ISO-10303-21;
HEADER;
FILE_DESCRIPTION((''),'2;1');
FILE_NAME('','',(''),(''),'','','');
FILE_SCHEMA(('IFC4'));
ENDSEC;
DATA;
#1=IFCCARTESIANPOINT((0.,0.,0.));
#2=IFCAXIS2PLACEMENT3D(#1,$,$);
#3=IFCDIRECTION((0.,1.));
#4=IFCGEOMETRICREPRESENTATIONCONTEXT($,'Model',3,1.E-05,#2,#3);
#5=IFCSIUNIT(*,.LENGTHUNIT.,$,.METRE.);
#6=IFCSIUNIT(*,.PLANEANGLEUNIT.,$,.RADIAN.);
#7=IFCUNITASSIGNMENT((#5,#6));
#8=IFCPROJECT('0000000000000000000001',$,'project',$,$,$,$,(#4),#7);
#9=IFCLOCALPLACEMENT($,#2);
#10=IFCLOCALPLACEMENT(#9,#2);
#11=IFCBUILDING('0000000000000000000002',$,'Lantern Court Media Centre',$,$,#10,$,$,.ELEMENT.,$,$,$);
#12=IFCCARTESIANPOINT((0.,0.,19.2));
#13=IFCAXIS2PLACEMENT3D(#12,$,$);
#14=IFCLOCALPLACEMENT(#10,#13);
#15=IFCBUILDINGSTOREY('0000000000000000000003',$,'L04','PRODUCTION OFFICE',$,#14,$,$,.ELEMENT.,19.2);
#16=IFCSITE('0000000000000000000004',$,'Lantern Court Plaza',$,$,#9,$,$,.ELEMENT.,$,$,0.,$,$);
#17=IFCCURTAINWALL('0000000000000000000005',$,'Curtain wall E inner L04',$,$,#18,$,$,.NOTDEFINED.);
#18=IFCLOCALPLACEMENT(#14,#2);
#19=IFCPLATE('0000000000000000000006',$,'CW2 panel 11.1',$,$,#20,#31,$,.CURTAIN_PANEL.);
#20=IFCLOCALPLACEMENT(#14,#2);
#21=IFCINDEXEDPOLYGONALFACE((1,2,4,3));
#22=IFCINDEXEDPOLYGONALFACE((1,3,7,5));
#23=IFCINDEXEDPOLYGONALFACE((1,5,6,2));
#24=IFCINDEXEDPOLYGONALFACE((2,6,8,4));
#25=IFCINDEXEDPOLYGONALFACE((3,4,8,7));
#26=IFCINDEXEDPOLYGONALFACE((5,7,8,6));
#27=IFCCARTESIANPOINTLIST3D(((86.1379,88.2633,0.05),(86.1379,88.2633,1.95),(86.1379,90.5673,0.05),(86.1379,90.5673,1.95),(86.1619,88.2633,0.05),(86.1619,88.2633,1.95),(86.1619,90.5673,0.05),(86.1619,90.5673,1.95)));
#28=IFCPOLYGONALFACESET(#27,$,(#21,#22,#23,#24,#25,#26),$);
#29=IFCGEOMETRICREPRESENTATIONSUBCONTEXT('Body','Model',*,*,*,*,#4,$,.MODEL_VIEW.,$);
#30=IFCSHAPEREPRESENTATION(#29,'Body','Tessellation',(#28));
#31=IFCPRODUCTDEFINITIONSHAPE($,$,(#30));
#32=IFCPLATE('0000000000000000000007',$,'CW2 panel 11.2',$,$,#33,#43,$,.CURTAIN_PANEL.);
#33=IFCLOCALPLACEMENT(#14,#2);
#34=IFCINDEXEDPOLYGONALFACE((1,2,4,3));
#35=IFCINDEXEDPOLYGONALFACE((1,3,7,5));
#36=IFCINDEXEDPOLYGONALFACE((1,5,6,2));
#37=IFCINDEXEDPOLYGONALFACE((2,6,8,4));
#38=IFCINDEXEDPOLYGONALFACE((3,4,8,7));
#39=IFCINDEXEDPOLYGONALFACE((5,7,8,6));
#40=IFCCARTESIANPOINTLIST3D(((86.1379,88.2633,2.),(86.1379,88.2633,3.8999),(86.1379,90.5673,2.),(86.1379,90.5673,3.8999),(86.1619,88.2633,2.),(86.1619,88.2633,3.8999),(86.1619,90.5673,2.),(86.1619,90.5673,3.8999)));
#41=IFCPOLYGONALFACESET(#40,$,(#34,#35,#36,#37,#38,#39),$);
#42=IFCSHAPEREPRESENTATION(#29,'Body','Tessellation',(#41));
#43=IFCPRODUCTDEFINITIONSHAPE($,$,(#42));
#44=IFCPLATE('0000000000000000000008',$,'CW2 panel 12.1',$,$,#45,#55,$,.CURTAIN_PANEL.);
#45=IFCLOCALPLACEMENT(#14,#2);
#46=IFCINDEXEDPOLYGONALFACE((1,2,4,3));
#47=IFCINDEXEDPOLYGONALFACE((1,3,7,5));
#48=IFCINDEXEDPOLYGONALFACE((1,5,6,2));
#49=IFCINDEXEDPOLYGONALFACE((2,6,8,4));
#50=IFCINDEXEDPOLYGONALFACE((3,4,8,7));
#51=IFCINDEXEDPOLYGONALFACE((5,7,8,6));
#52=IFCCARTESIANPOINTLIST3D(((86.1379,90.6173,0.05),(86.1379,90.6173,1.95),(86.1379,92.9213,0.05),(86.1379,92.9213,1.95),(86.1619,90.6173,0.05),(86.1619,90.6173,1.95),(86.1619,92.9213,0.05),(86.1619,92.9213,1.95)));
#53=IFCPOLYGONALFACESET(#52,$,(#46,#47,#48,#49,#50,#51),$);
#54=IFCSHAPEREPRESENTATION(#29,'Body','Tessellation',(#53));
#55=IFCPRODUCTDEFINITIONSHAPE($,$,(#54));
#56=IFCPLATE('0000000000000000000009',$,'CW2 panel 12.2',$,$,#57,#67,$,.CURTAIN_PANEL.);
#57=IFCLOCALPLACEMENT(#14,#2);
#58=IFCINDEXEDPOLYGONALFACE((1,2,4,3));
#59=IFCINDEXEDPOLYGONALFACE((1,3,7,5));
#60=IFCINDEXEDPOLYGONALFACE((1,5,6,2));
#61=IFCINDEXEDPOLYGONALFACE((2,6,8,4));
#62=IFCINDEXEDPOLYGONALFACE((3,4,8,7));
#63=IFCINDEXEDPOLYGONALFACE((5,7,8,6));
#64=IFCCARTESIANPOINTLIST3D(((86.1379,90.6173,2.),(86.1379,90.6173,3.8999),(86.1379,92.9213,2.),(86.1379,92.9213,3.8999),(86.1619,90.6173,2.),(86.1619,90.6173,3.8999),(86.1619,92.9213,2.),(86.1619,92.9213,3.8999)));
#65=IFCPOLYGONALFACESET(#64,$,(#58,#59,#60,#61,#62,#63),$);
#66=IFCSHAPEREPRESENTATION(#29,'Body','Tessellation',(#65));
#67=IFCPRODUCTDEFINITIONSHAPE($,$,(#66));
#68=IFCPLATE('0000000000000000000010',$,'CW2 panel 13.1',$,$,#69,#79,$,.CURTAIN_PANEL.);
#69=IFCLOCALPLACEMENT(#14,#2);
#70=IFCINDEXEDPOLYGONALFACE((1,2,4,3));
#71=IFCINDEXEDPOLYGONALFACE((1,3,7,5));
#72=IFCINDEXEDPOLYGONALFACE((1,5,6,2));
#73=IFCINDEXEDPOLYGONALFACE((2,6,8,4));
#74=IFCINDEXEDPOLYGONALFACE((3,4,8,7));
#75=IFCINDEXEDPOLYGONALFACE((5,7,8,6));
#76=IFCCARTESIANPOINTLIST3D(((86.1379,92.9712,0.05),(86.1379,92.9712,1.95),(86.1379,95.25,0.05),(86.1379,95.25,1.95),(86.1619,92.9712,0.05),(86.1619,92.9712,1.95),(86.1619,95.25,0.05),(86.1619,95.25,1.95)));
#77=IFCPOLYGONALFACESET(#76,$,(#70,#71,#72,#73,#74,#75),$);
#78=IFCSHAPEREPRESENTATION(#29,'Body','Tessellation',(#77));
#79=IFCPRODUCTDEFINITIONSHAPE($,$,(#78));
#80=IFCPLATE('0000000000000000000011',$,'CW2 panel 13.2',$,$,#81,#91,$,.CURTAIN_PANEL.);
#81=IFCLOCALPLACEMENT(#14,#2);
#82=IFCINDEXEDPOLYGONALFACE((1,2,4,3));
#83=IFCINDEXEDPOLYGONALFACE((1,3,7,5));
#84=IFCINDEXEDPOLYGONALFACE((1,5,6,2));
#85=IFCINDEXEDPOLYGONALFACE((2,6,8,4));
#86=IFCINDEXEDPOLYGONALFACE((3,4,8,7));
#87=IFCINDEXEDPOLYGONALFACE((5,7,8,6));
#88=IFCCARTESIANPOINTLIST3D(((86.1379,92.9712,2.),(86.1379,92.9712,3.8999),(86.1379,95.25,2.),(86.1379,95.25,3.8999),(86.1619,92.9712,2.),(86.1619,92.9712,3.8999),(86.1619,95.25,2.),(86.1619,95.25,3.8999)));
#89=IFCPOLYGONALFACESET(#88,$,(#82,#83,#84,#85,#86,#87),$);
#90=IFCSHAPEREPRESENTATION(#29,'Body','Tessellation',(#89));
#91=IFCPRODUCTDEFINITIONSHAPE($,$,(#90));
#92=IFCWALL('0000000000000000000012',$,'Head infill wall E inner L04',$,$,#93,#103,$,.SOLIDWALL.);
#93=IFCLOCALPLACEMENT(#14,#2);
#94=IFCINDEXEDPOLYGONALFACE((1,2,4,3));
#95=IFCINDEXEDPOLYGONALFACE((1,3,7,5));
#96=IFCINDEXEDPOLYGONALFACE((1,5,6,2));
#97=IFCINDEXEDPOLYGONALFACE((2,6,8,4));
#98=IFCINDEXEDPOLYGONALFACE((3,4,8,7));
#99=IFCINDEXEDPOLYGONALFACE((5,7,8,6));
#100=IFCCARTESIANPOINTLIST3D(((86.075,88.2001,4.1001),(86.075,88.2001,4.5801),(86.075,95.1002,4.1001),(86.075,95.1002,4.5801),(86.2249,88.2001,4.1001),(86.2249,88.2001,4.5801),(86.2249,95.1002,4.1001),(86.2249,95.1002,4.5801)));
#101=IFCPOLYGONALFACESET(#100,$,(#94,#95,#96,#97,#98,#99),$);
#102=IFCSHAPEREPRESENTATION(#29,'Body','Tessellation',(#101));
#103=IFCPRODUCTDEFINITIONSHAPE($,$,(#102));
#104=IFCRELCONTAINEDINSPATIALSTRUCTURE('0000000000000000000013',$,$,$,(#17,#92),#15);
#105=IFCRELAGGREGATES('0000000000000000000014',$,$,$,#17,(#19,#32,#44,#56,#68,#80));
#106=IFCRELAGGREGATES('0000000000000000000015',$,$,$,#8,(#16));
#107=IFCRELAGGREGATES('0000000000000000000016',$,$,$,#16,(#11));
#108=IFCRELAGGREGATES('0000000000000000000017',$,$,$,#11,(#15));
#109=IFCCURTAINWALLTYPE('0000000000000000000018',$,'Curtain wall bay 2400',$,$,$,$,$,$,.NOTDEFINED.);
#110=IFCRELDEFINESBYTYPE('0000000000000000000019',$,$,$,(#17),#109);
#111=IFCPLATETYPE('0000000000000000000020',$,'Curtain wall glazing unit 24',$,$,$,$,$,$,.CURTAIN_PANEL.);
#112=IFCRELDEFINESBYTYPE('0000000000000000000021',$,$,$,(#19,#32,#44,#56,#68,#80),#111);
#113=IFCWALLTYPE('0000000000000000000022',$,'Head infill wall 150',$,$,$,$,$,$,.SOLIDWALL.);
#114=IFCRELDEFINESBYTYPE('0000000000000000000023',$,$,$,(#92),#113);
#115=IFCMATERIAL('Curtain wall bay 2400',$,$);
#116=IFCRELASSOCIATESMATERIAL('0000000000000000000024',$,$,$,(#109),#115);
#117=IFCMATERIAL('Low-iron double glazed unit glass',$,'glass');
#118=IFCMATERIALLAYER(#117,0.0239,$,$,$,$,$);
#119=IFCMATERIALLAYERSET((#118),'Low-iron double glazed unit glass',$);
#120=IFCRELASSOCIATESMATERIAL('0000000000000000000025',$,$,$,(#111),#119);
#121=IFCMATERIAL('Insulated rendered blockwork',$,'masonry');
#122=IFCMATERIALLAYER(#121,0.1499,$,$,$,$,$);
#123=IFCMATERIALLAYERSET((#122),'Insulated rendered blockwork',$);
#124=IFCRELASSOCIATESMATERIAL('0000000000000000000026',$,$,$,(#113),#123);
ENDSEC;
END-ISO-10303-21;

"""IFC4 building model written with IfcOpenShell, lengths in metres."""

from ifc_helpers import new_model, si_unit, direction, frame, frame_2d, origin, origin_2d, place, context, subcontext, project, spatial, rectangle, extrude, material, layer, layer_set, type_object, element, aggregate, save


model = new_model("IFC4")

# Units and contexts
model_context = context("Model", 3, precision=1e-05, world=origin(), true_north=direction((0.0, 1.0)))
body_context = subcontext(model_context, "Body", "Model", "MODEL_VIEW")
ifc_project = project(units=[si_unit("LENGTHUNIT", "METRE"), si_unit("PLANEANGLEUNIT", "RADIAN")], contexts=[model_context])

# Site, building, storey
site_placement = place(None, origin())
site = spatial("IfcSite", under=ifc_project, at=site_placement, Name="Lantern Court Plaza", CompositionType="ELEMENT", RefElevation=0.0)
building_placement = place(site_placement, origin())
building = spatial("IfcBuilding", under=site, at=building_placement, Name="Lantern Court Media Centre", CompositionType="ELEMENT")
storey_placement = place(building_placement, frame((0.0, 0.0, 19.2)))
storey = spatial("IfcBuildingStorey", under=building, at=storey_placement, Name="L04", Description="PRODUCTION OFFICE", CompositionType="ELEMENT", Elevation=19.2)

# Curtain wall
ifc_material_1 = material(Name="Curtain wall bay 2400")
curtain_wall_type = type_object("IfcCurtainWallType", Name="Curtain wall bay 2400", PredefinedType="NOTDEFINED", material=ifc_material_1)
curtain_wall_placement = place(storey_placement, origin())
curtain_wall = element("IfcCurtainWall", 1, at=curtain_wall_placement, inside=storey, type_object=curtain_wall_type, Name="Curtain wall E inner L04", PredefinedType="NOTDEFINED")

# Plates
ifc_material_2 = material(Name="Low-iron double glazed unit glass", Category="glass")
ifc_layer_1 = layer(ifc_material_2, 0.0239)
ifc_layer_set_1 = layer_set([ifc_layer_1], Name="Low-iron double glazed unit glass")
plate_type = type_object("IfcPlateType", Name="Curtain wall glazing unit 24", PredefinedType="CURTAIN_PANEL", material=ifc_layer_set_1)
plate_1_placement = place(storey_placement, frame((86.1499, 89.4153, 0.05), z_axis=(0.0, 0.0, 1.0), x_axis=(0.0, 1.0, 0.0)))
plate_1 = element("IfcPlate", 2, at=plate_1_placement, type_object=plate_type, Name="CW2 panel 11.1", PredefinedType="CURTAIN_PANEL", context=body_context, shape_type="SweptSolid", body=[
    extrude(rectangle(XDim=2.304, YDim=0.0239, at=origin_2d()), origin(), (0.0, 0.0, 1.0), 1.8999),
])
plate_2_placement = place(storey_placement, frame((86.1499, 89.4153, 2.0), z_axis=(0.0, 0.0, 1.0), x_axis=(0.0, 1.0, 0.0)))
plate_2 = element("IfcPlate", 3, at=plate_2_placement, type_object=plate_type, Name="CW2 panel 11.2", PredefinedType="CURTAIN_PANEL", context=body_context, shape_type="SweptSolid", body=[
    extrude(rectangle(XDim=2.304, YDim=0.0239, at=origin_2d()), origin(), (0.0, 0.0, 1.0), 1.8999),
])
plate_3_placement = place(storey_placement, frame((86.1499, 91.7693, 0.05), z_axis=(0.0, 0.0, 1.0), x_axis=(0.0, 1.0, 0.0)))
plate_3 = element("IfcPlate", 4, at=plate_3_placement, type_object=plate_type, Name="CW2 panel 12.1", PredefinedType="CURTAIN_PANEL", context=body_context, shape_type="SweptSolid", body=[
    extrude(rectangle(XDim=2.304, YDim=0.0239, at=origin_2d()), origin(), (0.0, 0.0, 1.0), 1.8999),
])
plate_4_placement = place(storey_placement, frame((86.1499, 91.7693, 2.0), z_axis=(0.0, 0.0, 1.0), x_axis=(0.0, 1.0, 0.0)))
plate_4 = element("IfcPlate", 5, at=plate_4_placement, type_object=plate_type, Name="CW2 panel 12.2", PredefinedType="CURTAIN_PANEL", context=body_context, shape_type="SweptSolid", body=[
    extrude(rectangle(XDim=2.304, YDim=0.0239, at=origin_2d()), origin(), (0.0, 0.0, 1.0), 1.8999),
])
plate_5_placement = place(storey_placement, frame((86.1499, 94.1106, 0.05), z_axis=(0.0, 0.0, 1.0), x_axis=(0.0, 1.0, 0.0)))
plate_5 = element("IfcPlate", 6, at=plate_5_placement, type_object=plate_type, Name="CW2 panel 13.1", PredefinedType="CURTAIN_PANEL", context=body_context, shape_type="SweptSolid", body=[
    extrude(rectangle(XDim=2.2788, YDim=0.0239, at=origin_2d()), origin(), (0.0, 0.0, 1.0), 1.8999),
])
plate_6_placement = place(storey_placement, frame((86.1499, 94.1106, 2.0), z_axis=(0.0, 0.0, 1.0), x_axis=(0.0, 1.0, 0.0)))
plate_6 = element("IfcPlate", 7, at=plate_6_placement, type_object=plate_type, Name="CW2 panel 13.2", PredefinedType="CURTAIN_PANEL", context=body_context, shape_type="SweptSolid", body=[
    extrude(rectangle(XDim=2.2788, YDim=0.0239, at=origin_2d()), origin(), (0.0, 0.0, 1.0), 1.8999),
])
aggregate(curtain_wall, [plate_1, plate_2, plate_3, plate_4, plate_5, plate_6])

# Wall
ifc_material_3 = material(Name="Insulated rendered blockwork", Category="masonry")
ifc_layer_2 = layer(ifc_material_3, 0.1499)
ifc_layer_set_2 = layer_set([ifc_layer_2], Name="Insulated rendered blockwork")
wall_type = type_object("IfcWallType", Name="Head infill wall 150", PredefinedType="SOLIDWALL", material=ifc_layer_set_2)
wall_placement = place(storey_placement, frame((86.1499, 88.2, 4.1001), z_axis=(0.0, 0.0, 1.0), x_axis=(0.0, 1.0, 0.0)))
element("IfcWall", 8, at=wall_placement, inside=storey, type_object=wall_type, Name="Head infill wall E inner L04", PredefinedType="SOLIDWALL", context=body_context, shape_type="SweptSolid", body=[
    extrude(rectangle(XDim=6.9001, YDim=0.1499, at=frame_2d((3.4502, 0.0))), origin(), (0.0, 0.0, 1.0), 0.48),
])

save(model, "model.ifc")
